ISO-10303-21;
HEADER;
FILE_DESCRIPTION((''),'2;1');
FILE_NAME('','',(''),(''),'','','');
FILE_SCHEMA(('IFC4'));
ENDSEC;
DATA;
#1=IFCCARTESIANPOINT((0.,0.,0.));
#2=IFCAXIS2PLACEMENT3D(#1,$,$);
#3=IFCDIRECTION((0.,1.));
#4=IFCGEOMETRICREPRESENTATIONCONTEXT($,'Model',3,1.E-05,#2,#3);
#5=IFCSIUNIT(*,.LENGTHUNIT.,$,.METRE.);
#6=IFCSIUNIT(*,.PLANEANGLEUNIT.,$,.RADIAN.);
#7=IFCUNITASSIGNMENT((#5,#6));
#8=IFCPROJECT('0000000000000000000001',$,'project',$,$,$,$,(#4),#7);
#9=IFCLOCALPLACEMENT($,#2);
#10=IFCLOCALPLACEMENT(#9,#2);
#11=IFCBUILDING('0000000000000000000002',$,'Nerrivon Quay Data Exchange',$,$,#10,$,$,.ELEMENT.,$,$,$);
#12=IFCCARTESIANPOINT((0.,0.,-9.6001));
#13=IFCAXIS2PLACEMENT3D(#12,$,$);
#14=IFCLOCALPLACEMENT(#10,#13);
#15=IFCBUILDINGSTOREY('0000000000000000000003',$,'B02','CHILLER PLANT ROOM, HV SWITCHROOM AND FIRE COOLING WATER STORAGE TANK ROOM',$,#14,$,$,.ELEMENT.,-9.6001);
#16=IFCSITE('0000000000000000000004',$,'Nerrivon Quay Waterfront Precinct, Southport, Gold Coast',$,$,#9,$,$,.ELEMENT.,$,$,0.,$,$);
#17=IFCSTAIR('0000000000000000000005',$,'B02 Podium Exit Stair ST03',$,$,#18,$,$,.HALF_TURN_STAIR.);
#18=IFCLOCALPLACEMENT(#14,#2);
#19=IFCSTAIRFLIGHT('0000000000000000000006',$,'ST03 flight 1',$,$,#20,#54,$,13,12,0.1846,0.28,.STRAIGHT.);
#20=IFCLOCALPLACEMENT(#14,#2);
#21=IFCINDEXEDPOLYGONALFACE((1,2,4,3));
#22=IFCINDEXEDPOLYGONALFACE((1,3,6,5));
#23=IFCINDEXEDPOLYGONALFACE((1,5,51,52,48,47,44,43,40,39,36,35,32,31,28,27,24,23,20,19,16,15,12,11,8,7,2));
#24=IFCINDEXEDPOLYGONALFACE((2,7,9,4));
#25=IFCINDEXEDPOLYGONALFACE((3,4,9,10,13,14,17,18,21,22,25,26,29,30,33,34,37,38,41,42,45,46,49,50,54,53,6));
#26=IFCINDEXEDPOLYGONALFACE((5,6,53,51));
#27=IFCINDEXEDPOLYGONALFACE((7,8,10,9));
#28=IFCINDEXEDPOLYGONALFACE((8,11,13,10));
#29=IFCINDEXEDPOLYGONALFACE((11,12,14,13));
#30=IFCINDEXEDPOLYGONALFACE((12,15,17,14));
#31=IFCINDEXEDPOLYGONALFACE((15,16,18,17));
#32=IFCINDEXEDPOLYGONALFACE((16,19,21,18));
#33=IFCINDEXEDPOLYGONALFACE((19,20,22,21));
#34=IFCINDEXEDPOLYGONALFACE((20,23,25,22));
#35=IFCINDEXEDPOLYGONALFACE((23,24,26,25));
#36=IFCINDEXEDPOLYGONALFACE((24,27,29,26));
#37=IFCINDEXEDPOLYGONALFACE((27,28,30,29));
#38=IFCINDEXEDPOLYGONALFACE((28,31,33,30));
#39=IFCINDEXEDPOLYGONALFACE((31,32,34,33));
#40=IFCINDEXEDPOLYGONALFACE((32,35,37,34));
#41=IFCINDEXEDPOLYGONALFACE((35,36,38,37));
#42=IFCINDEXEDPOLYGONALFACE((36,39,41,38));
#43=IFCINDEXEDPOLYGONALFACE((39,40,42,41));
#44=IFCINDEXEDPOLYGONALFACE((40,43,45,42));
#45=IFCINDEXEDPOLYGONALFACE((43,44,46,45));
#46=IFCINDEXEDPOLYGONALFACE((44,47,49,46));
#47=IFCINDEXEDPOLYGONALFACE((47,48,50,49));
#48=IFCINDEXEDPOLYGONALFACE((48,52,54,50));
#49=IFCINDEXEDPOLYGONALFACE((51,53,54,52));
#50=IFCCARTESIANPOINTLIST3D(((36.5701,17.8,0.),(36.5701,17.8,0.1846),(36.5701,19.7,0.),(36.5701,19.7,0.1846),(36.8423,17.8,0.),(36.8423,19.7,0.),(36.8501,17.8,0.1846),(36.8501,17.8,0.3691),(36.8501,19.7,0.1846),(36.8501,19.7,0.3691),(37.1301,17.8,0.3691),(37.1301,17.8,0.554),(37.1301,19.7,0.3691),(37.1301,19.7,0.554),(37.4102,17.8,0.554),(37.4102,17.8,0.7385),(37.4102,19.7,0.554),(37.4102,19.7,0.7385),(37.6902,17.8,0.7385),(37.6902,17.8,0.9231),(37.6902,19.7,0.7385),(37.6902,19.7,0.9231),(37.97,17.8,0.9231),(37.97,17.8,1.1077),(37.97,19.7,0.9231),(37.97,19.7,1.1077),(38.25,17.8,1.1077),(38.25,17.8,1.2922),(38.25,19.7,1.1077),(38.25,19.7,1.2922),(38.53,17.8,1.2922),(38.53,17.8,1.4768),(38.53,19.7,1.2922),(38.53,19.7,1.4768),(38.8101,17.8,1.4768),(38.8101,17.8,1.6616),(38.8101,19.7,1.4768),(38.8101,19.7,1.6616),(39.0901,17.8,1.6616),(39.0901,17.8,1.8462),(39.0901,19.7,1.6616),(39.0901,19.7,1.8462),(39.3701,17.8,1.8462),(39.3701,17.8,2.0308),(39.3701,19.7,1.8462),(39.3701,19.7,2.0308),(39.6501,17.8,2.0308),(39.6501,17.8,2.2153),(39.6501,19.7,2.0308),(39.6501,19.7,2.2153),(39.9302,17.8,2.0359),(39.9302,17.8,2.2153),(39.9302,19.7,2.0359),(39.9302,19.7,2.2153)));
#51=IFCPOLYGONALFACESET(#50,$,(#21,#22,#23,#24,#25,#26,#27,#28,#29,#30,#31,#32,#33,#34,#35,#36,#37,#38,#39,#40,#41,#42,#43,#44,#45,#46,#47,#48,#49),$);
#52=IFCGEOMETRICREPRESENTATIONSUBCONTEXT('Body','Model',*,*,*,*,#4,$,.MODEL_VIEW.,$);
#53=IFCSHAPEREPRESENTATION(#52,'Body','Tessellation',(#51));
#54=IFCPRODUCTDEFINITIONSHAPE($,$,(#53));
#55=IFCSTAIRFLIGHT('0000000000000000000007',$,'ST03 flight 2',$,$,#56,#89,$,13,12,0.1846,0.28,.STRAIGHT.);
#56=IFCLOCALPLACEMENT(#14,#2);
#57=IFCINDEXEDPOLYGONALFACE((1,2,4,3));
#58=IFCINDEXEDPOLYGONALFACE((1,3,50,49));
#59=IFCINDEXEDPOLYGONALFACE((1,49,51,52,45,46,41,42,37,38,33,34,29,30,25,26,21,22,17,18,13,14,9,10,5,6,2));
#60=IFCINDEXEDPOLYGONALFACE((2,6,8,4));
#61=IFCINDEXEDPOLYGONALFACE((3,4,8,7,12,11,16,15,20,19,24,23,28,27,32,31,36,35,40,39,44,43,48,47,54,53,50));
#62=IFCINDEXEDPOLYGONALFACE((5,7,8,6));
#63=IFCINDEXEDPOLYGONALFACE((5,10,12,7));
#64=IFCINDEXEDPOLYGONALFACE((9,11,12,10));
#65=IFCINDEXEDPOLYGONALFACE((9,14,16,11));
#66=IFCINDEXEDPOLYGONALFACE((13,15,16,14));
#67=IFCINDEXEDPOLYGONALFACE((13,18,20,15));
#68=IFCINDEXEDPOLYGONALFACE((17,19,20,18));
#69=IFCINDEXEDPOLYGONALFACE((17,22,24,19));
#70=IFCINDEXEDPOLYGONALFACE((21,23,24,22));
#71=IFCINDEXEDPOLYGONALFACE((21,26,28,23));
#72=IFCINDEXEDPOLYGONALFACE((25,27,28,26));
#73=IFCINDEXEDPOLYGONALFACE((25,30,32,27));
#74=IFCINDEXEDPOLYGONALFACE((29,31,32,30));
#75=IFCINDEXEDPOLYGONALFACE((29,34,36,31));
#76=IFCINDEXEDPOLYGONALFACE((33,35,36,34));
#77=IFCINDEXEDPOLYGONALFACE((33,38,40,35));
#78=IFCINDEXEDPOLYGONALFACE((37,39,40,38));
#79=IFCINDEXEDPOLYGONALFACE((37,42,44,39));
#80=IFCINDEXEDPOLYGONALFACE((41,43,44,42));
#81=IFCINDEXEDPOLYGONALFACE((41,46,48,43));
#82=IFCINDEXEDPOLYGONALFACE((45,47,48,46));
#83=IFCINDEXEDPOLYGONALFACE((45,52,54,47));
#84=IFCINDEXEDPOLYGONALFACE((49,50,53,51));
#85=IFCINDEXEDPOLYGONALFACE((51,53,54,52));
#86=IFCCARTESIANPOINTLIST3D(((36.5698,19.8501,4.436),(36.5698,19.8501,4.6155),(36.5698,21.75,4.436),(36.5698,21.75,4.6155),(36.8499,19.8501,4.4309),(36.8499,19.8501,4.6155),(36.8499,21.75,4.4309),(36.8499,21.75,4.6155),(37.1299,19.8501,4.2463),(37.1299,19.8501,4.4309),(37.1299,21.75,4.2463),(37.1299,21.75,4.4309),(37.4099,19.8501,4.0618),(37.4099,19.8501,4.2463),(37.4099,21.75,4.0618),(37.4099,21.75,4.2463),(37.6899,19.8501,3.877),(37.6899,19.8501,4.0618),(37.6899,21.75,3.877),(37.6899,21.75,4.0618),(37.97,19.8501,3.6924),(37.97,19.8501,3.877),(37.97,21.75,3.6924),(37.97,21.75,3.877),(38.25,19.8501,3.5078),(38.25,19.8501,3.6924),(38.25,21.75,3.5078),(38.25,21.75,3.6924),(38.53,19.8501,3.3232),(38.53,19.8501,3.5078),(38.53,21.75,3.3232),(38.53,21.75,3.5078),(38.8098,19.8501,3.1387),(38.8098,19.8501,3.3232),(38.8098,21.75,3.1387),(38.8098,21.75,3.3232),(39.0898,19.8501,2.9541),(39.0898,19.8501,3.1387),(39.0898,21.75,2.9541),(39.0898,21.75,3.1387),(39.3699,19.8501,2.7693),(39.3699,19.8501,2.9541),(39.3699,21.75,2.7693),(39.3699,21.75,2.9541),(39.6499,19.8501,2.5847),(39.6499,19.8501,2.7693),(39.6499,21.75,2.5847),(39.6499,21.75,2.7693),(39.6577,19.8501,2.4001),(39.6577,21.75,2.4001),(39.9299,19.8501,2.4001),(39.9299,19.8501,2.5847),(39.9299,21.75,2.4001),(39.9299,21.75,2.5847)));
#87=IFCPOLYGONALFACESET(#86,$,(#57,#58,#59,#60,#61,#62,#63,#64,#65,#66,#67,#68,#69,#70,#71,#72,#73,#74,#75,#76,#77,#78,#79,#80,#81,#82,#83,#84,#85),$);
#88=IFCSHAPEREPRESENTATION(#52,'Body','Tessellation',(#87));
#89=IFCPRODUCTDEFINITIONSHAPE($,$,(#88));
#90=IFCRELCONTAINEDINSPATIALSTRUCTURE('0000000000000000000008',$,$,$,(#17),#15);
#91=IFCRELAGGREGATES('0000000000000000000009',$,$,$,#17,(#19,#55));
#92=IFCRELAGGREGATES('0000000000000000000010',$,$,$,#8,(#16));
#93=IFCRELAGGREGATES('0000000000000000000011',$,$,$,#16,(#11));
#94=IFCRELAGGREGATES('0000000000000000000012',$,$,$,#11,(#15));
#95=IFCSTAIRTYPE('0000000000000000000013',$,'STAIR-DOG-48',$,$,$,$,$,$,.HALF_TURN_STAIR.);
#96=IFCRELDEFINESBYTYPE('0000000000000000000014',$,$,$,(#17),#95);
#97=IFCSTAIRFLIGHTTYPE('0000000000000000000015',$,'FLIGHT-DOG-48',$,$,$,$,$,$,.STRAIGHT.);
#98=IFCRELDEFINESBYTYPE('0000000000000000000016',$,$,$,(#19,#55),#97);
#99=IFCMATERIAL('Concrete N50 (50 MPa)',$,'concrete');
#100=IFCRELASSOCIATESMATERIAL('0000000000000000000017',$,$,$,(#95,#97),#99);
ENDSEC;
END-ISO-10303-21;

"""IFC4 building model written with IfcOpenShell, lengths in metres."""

from ifc_helpers import new_model, si_unit, direction, frame, origin, place, context, subcontext, project, spatial, polyline, outline, extrude, material, type_object, element, aggregate, save


model = new_model("IFC4")

# Units and contexts
model_context = context("Model", 3, precision=1e-05, world=origin(), true_north=direction((0.0, 1.0)))
body_context = subcontext(model_context, "Body", "Model", "MODEL_VIEW")
ifc_project = project(units=[si_unit("LENGTHUNIT", "METRE"), si_unit("PLANEANGLEUNIT", "RADIAN")], contexts=[model_context])

# Site, building, storey
site_placement = place(None, origin())
site = spatial("IfcSite", under=ifc_project, at=site_placement, Name="Nerrivon Quay Waterfront Precinct, Southport, Gold Coast", CompositionType="ELEMENT", RefElevation=0.0)
building_placement = place(site_placement, origin())
building = spatial("IfcBuilding", under=site, at=building_placement, Name="Nerrivon Quay Data Exchange", CompositionType="ELEMENT")
storey_placement = place(building_placement, frame((0.0, 0.0, -9.6001)))
storey = spatial("IfcBuildingStorey", under=building, at=storey_placement, Name="B02", Description="CHILLER PLANT ROOM, HV SWITCHROOM AND FIRE COOLING WATER STORAGE TANK ROOM", CompositionType="ELEMENT", Elevation=-9.6001)

# Shared definitions
ifc_material_1 = material(Name="Concrete N50 (50 MPa)", Category="concrete")

# Stair, stair flights
stair_type = type_object("IfcStairType", Name="STAIR-DOG-48", PredefinedType="HALF_TURN_STAIR", material=ifc_material_1)
stair_placement = place(storey_placement, origin())
stair = element("IfcStair", 1, at=stair_placement, inside=storey, type_object=stair_type, Name="B02 Podium Exit Stair ST03", PredefinedType="HALF_TURN_STAIR")
stair_flight_type = type_object("IfcStairFlightType", Name="FLIGHT-DOG-48", PredefinedType="STRAIGHT", material=ifc_material_1)
stair_flight_1_placement = place(storey_placement, frame((36.5701, 18.75, 0.0), z_axis=(0.0, 0.0, 1.0), x_axis=(1.0, 0.0, 0.0)))
stair_flight_1 = element("IfcStairFlight", 2, at=stair_flight_1_placement, type_object=stair_flight_type, Name="ST03 flight 1", NumberOfRisers=13, NumberOfTreads=12, PredefinedType="STRAIGHT", RiserHeight=0.1846, TreadLength=0.28, context=body_context, shape_type="SweptSolid", body=[
    extrude(outline(polyline([(0.0, 0.0), (0.0, 0.1846), (0.28, 0.1846), (0.28, 0.3691), (0.5601, 0.3691), (0.5601, 0.554), (0.8401, 0.554), (0.8401, 0.7385), (1.1201, 0.7385), (1.1201, 0.9231), (1.3999, 0.9231), (1.3999, 1.1077), (1.6799, 1.1077), (1.6799, 1.2922), (1.96, 1.2922), (1.96, 1.4768), (2.24, 1.4768), (2.24, 1.6616), (2.52, 1.6616), (2.52, 1.8462), (2.8, 1.8462), (2.8, 2.0308), (3.0801, 2.0308), (3.0801, 2.2153), (3.3601, 2.2153), (3.3601, 2.3999), (3.3601, 2.0359), (0.2722, 0.0), (0.0, 0.0)])), frame((0.0, 0.95, 0.0), z_axis=(0.0, -1.0, 0.0), x_axis=(1.0, 0.0, 0.0)), (0.0, 0.0, 1.0), 1.8999),
])
stair_flight_2_placement = place(storey_placement, frame((39.9299, 20.8, 2.4001), z_axis=(0.0, 0.0, 1.0), x_axis=(-1.0, 0.0, 0.0)))
stair_flight_2 = element("IfcStairFlight", 3, at=stair_flight_2_placement, type_object=stair_flight_type, Name="ST03 flight 2", NumberOfRisers=13, NumberOfTreads=12, PredefinedType="STRAIGHT", RiserHeight=0.1846, TreadLength=0.28, context=body_context, shape_type="SweptSolid", body=[
    extrude(outline(polyline([(0.0, 0.0), (0.0, 0.1846), (0.28, 0.1846), (0.28, 0.3691), (0.5601, 0.3691), (0.5601, 0.554), (0.8401, 0.554), (0.8401, 0.7385), (1.1201, 0.7385), (1.1201, 0.9231), (1.3999, 0.9231), (1.3999, 1.1077), (1.6799, 1.1077), (1.6799, 1.2922), (1.96, 1.2922), (1.96, 1.4768), (2.24, 1.4768), (2.24, 1.6616), (2.52, 1.6616), (2.52, 1.8462), (2.8, 1.8462), (2.8, 2.0308), (3.0801, 2.0308), (3.0801, 2.2153), (3.3601, 2.2153), (3.3601, 2.3999), (3.3601, 2.0359), (0.2722, 0.0), (0.0, 0.0)])), frame((0.0, 0.95, 0.0), z_axis=(0.0, -1.0, 0.0), x_axis=(1.0, 0.0, 0.0)), (0.0, 0.0, 1.0), 1.8999),
])
aggregate(stair, [stair_flight_1, stair_flight_2])

save(model, "model.ifc")
